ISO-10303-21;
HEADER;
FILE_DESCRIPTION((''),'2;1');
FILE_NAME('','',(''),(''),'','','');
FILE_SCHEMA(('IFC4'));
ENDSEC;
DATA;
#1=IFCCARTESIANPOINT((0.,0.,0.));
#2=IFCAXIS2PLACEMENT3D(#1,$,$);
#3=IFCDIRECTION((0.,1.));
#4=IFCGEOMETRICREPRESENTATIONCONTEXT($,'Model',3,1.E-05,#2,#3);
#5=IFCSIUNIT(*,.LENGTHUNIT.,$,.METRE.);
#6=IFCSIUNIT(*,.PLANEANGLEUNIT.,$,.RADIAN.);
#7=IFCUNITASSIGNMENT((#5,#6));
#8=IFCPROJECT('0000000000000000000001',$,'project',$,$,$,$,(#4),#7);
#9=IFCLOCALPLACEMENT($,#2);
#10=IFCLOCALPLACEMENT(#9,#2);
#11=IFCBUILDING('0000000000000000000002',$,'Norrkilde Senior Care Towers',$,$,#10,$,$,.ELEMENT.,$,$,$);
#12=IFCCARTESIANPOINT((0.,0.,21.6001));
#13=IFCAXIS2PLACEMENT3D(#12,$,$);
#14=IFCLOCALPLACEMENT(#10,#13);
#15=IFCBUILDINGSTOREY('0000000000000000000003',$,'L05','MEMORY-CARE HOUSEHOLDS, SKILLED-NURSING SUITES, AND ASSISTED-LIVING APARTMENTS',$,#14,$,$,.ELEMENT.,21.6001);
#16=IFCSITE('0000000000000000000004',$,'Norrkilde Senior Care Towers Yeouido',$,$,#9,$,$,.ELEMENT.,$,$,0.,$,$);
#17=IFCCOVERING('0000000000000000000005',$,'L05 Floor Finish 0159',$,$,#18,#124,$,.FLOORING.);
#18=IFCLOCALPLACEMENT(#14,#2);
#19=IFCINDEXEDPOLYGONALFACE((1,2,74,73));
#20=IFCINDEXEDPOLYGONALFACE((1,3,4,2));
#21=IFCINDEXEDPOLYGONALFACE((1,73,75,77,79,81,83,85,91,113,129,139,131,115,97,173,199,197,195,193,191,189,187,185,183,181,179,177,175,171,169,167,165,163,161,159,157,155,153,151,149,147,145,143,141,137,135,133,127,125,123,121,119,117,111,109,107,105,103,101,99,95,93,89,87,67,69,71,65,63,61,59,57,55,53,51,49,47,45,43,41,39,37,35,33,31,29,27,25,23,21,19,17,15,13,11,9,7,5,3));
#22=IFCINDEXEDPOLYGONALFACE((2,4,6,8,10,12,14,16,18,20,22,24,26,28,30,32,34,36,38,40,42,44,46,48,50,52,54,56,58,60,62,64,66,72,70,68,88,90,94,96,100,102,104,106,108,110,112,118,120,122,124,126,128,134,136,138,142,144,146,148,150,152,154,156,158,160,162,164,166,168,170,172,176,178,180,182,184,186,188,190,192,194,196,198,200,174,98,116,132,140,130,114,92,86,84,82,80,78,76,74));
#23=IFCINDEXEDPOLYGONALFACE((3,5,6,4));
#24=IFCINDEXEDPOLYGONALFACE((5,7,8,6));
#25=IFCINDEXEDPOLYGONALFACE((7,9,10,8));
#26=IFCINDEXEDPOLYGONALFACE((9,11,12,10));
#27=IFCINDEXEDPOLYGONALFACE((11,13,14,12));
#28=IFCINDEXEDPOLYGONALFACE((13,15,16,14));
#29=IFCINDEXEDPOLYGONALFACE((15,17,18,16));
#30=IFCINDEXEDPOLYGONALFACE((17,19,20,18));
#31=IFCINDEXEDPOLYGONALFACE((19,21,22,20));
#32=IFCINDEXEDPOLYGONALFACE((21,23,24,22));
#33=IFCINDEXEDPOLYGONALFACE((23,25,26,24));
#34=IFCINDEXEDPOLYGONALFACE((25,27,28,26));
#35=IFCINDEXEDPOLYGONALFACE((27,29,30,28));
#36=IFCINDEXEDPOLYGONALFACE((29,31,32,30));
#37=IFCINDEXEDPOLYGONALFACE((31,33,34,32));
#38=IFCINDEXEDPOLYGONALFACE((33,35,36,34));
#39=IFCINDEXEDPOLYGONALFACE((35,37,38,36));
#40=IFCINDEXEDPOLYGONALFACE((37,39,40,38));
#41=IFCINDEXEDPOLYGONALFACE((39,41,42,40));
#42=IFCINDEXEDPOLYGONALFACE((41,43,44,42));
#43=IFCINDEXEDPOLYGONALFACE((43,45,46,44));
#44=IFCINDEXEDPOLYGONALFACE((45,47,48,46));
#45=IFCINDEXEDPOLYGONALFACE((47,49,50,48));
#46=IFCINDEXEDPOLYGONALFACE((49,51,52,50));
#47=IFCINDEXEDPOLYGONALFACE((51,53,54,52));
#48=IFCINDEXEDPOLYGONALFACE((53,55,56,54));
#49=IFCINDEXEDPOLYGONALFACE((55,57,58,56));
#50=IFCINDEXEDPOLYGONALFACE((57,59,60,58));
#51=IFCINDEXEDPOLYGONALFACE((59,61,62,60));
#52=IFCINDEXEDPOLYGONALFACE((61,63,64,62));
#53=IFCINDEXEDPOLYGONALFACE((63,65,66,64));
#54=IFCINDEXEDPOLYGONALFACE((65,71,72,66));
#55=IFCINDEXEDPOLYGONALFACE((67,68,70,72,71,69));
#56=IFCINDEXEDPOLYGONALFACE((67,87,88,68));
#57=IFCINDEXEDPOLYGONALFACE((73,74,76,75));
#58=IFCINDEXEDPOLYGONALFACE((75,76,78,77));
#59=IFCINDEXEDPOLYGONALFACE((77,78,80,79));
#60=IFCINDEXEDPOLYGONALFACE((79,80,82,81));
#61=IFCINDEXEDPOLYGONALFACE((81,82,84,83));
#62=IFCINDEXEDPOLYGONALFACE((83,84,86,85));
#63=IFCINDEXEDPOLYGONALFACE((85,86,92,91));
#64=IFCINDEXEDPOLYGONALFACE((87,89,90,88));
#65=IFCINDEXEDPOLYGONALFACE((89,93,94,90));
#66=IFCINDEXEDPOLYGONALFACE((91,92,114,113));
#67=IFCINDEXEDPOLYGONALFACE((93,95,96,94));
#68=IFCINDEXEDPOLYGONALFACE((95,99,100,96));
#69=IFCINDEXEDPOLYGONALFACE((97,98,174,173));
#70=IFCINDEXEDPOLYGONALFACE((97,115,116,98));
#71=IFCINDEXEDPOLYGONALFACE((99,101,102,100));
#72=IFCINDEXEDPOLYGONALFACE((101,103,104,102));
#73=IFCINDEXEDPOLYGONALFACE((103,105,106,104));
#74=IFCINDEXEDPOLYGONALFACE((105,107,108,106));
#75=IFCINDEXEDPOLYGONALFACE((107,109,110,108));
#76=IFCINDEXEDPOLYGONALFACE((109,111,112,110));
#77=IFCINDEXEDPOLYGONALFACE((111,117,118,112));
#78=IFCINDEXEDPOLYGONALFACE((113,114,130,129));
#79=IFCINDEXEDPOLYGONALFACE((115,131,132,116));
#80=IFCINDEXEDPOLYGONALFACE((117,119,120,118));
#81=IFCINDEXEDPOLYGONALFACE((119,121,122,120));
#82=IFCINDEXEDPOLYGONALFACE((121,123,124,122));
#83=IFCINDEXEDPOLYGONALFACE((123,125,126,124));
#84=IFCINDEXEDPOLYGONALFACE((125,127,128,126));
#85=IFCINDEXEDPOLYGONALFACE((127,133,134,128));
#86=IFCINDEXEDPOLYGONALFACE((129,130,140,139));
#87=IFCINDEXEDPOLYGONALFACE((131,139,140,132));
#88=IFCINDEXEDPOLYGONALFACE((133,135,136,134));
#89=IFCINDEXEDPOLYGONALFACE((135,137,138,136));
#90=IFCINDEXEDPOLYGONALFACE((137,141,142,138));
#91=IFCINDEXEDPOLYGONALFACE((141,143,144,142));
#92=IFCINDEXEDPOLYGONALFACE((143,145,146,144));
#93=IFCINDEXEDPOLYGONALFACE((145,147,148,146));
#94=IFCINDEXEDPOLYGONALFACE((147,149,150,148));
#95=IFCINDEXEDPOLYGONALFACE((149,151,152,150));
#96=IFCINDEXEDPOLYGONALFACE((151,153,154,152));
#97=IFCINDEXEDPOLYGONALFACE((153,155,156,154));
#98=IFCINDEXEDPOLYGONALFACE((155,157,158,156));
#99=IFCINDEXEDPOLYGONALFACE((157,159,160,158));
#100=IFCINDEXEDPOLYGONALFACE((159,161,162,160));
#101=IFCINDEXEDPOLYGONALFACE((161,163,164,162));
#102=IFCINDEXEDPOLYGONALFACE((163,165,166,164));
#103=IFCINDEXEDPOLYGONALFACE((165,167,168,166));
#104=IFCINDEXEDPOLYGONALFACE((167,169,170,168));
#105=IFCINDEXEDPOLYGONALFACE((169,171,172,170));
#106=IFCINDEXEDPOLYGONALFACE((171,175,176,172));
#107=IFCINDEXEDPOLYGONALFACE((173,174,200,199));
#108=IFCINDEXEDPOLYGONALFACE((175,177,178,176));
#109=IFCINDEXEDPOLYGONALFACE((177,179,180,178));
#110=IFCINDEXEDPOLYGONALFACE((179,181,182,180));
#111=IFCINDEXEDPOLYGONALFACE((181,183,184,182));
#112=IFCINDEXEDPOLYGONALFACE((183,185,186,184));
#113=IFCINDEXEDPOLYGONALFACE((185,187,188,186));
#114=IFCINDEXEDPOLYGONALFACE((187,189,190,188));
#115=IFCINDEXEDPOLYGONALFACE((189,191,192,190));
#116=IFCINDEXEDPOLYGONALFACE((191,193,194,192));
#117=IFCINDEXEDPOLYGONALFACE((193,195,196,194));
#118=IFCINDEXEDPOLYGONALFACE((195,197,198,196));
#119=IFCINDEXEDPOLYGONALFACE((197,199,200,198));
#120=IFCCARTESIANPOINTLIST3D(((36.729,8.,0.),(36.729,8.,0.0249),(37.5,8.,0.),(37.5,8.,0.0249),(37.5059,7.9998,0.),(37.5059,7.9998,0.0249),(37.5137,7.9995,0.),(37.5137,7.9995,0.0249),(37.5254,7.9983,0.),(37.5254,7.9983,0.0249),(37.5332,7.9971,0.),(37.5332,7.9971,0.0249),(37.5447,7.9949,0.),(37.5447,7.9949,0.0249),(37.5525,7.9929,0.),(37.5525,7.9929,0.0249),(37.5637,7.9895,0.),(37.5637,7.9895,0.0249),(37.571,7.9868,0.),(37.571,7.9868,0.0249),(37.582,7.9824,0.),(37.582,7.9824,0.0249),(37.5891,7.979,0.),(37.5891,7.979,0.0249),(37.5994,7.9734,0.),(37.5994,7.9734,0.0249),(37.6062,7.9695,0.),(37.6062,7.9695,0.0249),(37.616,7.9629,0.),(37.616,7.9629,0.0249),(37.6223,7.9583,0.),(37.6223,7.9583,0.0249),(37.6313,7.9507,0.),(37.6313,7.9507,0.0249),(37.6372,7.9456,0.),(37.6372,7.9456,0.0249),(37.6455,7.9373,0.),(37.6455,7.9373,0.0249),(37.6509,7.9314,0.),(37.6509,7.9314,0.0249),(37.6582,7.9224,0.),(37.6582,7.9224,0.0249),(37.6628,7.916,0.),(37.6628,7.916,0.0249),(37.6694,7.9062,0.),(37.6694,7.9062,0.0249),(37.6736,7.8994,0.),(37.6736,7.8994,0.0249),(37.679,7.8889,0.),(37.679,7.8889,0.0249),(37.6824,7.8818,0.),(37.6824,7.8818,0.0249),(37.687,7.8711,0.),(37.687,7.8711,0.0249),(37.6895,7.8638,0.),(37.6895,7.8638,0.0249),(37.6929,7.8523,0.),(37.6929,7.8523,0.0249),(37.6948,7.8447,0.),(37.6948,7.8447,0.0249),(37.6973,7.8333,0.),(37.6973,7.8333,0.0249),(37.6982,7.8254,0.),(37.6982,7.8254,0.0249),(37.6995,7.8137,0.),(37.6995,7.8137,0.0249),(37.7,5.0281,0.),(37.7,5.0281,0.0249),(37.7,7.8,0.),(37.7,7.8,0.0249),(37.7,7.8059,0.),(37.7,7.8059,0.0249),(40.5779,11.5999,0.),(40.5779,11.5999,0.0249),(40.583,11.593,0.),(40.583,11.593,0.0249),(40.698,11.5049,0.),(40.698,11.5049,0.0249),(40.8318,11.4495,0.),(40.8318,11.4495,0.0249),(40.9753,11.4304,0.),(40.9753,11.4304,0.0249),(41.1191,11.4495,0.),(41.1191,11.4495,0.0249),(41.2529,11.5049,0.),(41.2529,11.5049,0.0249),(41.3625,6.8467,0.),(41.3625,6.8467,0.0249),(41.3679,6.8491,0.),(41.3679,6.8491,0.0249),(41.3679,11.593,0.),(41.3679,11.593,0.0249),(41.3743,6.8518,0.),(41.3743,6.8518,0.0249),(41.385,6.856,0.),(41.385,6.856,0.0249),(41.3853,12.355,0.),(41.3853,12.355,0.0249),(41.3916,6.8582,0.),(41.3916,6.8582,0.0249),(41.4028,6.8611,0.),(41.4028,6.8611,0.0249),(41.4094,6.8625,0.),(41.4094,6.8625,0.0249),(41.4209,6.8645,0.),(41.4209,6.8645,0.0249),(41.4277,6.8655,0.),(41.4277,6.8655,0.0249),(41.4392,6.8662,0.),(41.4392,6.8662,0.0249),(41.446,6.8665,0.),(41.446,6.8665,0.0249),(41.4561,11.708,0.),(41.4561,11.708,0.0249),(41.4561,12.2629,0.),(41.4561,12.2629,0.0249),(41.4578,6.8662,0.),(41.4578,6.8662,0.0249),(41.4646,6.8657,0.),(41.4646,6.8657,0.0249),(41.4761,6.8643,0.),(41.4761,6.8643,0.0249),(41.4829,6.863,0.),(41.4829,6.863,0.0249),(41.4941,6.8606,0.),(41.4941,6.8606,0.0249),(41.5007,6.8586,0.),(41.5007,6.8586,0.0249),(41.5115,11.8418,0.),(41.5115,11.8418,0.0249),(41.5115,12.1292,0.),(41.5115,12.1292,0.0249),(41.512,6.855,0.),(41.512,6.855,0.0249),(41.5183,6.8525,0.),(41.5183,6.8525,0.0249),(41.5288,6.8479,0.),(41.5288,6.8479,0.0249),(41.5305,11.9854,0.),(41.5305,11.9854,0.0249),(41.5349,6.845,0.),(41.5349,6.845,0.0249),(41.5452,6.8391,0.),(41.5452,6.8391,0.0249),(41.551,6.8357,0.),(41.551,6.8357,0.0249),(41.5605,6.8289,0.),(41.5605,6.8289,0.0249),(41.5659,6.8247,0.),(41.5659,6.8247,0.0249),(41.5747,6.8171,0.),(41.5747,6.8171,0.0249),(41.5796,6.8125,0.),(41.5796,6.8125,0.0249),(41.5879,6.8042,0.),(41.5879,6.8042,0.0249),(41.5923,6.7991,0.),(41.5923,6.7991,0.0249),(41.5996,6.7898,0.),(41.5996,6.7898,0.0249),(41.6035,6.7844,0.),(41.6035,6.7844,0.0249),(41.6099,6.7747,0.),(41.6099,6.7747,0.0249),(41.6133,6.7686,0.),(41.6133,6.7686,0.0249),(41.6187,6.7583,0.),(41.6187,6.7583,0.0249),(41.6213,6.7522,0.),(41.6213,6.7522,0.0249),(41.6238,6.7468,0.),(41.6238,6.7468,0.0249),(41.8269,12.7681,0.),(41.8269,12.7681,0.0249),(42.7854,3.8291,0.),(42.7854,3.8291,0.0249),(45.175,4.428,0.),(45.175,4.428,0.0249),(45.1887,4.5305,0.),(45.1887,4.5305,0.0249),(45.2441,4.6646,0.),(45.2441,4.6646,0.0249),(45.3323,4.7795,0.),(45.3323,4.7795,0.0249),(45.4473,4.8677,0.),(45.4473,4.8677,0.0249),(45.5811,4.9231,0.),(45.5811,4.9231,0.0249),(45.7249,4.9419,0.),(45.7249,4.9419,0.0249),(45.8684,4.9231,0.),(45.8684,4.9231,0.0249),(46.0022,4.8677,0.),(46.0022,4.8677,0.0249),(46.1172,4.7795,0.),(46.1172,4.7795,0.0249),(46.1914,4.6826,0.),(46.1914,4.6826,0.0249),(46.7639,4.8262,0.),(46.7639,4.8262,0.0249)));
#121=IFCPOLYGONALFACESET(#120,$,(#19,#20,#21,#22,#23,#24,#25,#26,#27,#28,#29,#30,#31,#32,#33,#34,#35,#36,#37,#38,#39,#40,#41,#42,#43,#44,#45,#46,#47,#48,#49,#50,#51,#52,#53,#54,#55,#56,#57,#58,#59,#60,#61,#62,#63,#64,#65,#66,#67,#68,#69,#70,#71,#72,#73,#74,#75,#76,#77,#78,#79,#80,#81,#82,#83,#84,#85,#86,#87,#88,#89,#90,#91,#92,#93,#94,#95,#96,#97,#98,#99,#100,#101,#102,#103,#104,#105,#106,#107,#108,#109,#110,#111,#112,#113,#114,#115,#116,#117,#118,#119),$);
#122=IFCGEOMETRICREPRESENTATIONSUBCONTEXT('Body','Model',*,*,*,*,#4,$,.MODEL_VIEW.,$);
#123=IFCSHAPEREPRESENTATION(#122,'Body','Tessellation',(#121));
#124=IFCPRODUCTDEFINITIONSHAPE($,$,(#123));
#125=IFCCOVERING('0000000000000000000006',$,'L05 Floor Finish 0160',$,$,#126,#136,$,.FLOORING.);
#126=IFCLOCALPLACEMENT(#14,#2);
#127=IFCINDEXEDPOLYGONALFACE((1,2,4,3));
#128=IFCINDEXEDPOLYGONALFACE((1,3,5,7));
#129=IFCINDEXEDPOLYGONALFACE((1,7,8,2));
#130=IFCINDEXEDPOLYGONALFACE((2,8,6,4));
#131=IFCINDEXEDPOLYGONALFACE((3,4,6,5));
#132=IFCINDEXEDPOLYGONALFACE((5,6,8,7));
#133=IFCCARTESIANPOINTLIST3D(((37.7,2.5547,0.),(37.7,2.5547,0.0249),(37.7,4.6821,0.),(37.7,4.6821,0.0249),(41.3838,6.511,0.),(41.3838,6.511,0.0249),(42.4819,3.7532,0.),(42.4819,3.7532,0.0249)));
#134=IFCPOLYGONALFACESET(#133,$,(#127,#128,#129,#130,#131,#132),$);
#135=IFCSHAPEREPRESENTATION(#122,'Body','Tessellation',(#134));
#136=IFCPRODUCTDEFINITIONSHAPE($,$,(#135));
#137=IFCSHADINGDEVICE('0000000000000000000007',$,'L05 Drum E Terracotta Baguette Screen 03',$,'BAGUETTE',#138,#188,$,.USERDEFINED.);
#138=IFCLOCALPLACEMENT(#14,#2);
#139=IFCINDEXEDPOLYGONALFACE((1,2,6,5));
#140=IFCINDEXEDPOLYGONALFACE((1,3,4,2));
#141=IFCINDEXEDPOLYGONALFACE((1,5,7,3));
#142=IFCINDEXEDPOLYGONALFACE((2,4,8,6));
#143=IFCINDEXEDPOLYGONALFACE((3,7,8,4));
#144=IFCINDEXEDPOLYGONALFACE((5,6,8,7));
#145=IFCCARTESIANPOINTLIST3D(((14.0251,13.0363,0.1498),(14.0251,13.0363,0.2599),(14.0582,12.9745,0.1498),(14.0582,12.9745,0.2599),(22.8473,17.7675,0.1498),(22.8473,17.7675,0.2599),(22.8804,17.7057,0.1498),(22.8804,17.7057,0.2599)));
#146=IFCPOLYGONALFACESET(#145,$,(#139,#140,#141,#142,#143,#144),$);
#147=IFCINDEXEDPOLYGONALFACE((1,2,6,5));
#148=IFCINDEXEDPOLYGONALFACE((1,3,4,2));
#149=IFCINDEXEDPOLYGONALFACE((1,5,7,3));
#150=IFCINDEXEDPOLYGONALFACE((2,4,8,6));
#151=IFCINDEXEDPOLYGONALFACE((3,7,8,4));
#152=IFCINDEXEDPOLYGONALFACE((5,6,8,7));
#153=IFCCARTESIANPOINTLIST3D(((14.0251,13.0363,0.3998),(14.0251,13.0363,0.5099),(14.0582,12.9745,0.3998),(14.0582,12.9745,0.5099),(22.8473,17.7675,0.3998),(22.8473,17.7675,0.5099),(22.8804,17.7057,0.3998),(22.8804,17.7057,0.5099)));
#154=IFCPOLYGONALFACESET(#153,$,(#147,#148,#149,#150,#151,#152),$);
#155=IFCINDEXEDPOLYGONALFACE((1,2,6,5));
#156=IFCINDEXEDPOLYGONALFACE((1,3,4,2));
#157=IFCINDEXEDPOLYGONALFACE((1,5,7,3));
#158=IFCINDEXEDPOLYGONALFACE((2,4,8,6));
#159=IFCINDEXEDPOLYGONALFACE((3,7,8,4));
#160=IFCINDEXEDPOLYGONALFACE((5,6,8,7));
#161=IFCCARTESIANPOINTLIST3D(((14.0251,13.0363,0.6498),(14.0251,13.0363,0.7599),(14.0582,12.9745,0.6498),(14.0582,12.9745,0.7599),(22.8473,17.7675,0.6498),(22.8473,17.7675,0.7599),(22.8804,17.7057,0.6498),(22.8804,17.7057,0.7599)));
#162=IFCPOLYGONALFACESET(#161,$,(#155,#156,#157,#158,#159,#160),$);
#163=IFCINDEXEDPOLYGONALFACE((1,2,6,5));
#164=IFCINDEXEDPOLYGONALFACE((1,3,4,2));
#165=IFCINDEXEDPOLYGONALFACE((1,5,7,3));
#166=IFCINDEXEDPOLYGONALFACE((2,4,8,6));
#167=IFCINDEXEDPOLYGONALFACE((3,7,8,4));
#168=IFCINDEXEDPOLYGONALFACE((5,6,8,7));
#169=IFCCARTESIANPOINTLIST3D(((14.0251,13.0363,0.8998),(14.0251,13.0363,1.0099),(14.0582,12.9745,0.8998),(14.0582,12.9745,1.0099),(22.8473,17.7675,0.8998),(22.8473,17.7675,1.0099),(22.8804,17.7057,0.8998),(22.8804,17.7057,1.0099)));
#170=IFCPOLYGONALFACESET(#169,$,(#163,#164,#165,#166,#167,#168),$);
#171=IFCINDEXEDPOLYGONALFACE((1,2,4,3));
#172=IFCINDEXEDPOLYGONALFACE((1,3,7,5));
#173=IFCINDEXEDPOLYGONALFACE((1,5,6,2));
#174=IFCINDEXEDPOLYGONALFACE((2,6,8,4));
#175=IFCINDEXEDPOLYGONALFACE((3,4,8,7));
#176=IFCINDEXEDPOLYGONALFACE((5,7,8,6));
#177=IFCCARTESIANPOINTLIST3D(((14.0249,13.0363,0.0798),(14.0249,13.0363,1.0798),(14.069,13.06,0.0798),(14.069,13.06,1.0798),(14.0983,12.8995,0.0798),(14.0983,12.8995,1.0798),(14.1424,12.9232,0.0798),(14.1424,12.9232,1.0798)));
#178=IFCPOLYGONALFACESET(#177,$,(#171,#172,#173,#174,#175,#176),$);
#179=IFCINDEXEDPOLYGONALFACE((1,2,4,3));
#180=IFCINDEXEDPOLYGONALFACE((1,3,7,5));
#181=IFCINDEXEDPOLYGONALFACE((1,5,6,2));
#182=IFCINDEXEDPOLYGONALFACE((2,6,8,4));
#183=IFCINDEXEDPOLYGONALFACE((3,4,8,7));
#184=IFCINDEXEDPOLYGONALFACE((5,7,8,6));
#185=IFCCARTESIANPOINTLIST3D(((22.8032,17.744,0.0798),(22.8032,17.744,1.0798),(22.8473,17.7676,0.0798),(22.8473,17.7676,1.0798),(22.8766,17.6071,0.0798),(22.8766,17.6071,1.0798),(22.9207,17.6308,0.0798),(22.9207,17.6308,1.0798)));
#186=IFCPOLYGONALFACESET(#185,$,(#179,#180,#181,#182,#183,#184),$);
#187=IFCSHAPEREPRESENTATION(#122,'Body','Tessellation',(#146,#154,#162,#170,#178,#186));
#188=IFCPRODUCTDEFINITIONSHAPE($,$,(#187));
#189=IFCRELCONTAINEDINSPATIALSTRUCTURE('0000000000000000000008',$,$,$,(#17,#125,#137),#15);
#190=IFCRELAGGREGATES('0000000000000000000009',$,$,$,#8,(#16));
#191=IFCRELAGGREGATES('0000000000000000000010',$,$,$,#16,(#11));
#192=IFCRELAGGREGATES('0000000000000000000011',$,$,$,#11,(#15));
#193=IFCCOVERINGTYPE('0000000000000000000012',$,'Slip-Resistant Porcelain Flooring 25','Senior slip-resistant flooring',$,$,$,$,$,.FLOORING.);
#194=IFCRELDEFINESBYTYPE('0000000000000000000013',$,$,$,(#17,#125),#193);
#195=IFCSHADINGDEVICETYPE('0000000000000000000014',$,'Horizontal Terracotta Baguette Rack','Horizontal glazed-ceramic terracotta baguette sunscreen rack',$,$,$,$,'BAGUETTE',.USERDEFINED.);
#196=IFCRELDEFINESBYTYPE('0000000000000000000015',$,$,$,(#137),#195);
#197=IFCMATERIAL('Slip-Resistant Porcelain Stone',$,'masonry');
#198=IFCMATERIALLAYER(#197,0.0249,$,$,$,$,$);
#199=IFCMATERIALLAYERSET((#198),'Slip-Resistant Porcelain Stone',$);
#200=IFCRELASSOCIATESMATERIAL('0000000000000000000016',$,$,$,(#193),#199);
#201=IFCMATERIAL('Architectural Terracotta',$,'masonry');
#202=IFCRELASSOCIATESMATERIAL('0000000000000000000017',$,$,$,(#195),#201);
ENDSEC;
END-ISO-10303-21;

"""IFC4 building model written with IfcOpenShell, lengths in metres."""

from ifc_helpers import new_model, si_unit, direction, frame, origin, origin_2d, place, context, subcontext, project, spatial, polyline, rectangle, outline, extrude, source, transform, mapped, material, layer, layer_set, type_object, type_shapes, element, save


model = new_model("IFC4")

# Units and contexts
model_context = context("Model", 3, precision=1e-05, world=origin(), true_north=direction((0.0, 1.0)))
body_context = subcontext(model_context, "Body", "Model", "MODEL_VIEW")
ifc_project = project(units=[si_unit("LENGTHUNIT", "METRE"), si_unit("PLANEANGLEUNIT", "RADIAN")], contexts=[model_context])

# Site, building, storey
site_placement = place(None, origin())
site = spatial("IfcSite", under=ifc_project, at=site_placement, Name="Norrkilde Senior Care Towers Yeouido", CompositionType="ELEMENT", RefElevation=0.0)
building_placement = place(site_placement, origin())
building = spatial("IfcBuilding", under=site, at=building_placement, Name="Norrkilde Senior Care Towers", CompositionType="ELEMENT")
storey_placement = place(building_placement, frame((0.0, 0.0, 21.6001)))
storey = spatial("IfcBuildingStorey", under=building, at=storey_placement, Name="L05", Description="MEMORY-CARE HOUSEHOLDS, SKILLED-NURSING SUITES, AND ASSISTED-LIVING APARTMENTS", CompositionType="ELEMENT", Elevation=21.6001)

# Coverings
ifc_material_1 = material(Name="Slip-Resistant Porcelain Stone", Category="masonry")
ifc_layer_1 = layer(ifc_material_1, 0.0249)
ifc_layer_set_1 = layer_set([ifc_layer_1], Name="Slip-Resistant Porcelain Stone")
covering_type_1 = type_object("IfcCoveringType", Name="Slip-Resistant Porcelain Flooring 25", Description="Senior slip-resistant flooring", PredefinedType="FLOORING", material=ifc_layer_set_1)
covering_1_placement = place(storey_placement, origin())
element("IfcCovering", 1, at=covering_1_placement, inside=storey, type_object=covering_type_1, Name="L05 Floor Finish 0159", PredefinedType="FLOORING", context=body_context, shape_type="SweptSolid", body=[
    extrude(outline(polyline([(37.6895, 7.8638), (37.687, 7.8711), (37.6824, 7.8818), (37.679, 7.8889), (37.6736, 7.8994), (37.6694, 7.9062), (37.6628, 7.916), (37.6582, 7.9224), (37.6509, 7.9314), (37.6455, 7.9373), (37.6372, 7.9456), (37.6313, 7.9507), (37.6223, 7.9583), (37.616, 7.9629), (37.6062, 7.9695), (37.5994, 7.9734), (37.5891, 7.979), (37.582, 7.9824), (37.571, 7.9868), (37.5637, 7.9895), (37.5525, 7.9929), (37.5447, 7.9949), (37.5332, 7.9971), (37.5254, 7.9983), (37.5137, 7.9995), (37.5059, 7.9998), (37.5, 8.0), (36.729, 8.0), (40.5779, 11.5999), (40.583, 11.593), (40.698, 11.5049), (40.8318, 11.4495), (40.9753, 11.4304), (41.1191, 11.4495), (41.2529, 11.5049), (41.3679, 11.593), (41.4561, 11.708), (41.5115, 11.8418), (41.5305, 11.9854), (41.5115, 12.1292), (41.4561, 12.2629), (41.3853, 12.355), (41.8269, 12.7681), (46.7639, 4.8262), (46.1914, 4.6826), (46.1172, 4.7795), (46.0022, 4.8677), (45.8684, 4.9231), (45.7249, 4.9419), (45.5811, 4.9231), (45.4473, 4.8677), (45.3323, 4.7795), (45.2441, 4.6646), (45.1887, 4.5305), (45.175, 4.428), (42.7854, 3.8291), (41.6238, 6.7468), (41.6213, 6.7522), (41.6187, 6.7583), (41.6133, 6.7686), (41.6099, 6.7747), (41.6035, 6.7844), (41.5996, 6.7898), (41.5923, 6.7991), (41.5879, 6.8042), (41.5796, 6.8125), (41.5747, 6.8171), (41.5659, 6.8247), (41.5605, 6.8289), (41.551, 6.8357), (41.5452, 6.8391), (41.5349, 6.845), (41.5288, 6.8479), (41.5183, 6.8525), (41.512, 6.855), (41.5007, 6.8586), (41.4941, 6.8606), (41.4829, 6.863), (41.4761, 6.8643), (41.4646, 6.8657), (41.4578, 6.8662), (41.446, 6.8665), (41.4392, 6.8662), (41.4277, 6.8655), (41.4209, 6.8645), (41.4094, 6.8625), (41.4028, 6.8611), (41.3916, 6.8582), (41.385, 6.856), (41.3743, 6.8518), (41.3679, 6.8491), (41.3625, 6.8467), (37.7, 5.0281), (37.7, 7.8), (37.7, 7.8059), (37.6995, 7.8137), (37.6982, 7.8254), (37.6973, 7.8333), (37.6948, 7.8447), (37.6929, 7.8523), (37.6895, 7.8638)])), origin(), (0.0, 0.0, 1.0), 0.0249),
])
covering_2_placement = place(storey_placement, origin())
element("IfcCovering", 2, at=covering_2_placement, inside=storey, type_object=covering_type_1, Name="L05 Floor Finish 0160", PredefinedType="FLOORING", context=body_context, shape_type="SweptSolid", body=[
    extrude(outline(polyline([(42.4819, 3.7532), (37.7, 2.5547), (37.7, 4.6821), (41.3838, 6.511), (42.4819, 3.7532)])), origin(), (0.0, 0.0, 1.0), 0.0249),
])

# Shading device
ifc_material_2 = material(Name="Architectural Terracotta", Category="masonry")
shading_device_type = type_object("IfcShadingDeviceType", Name="Horizontal Terracotta Baguette Rack", Description="Horizontal glazed-ceramic terracotta baguette sunscreen rack", ElementType="BAGUETTE", PredefinedType="USERDEFINED", material=ifc_material_2)
shared_shape_1 = source(origin(), body_context, "Body", "SweptSolid", [
    extrude(rectangle(XDim=0.0701, YDim=0.1101, at=origin_2d()), frame((0.0, 0.0901, 0.125), z_axis=(1.0, 0.0, 0.0), x_axis=(0.0, 1.0, 0.0)), (0.0, 0.0, 1.0), 10.0107),
    extrude(rectangle(XDim=0.0701, YDim=0.1101, at=origin_2d()), frame((0.0, 0.0901, 0.375), z_axis=(1.0, 0.0, 0.0), x_axis=(0.0, 1.0, 0.0)), (0.0, 0.0, 1.0), 10.0107),
    extrude(rectangle(XDim=0.0701, YDim=0.1101, at=origin_2d()), frame((0.0, 0.0901, 0.625), z_axis=(1.0, 0.0, 0.0), x_axis=(0.0, 1.0, 0.0)), (0.0, 0.0, 1.0), 10.0107),
    extrude(rectangle(XDim=0.0701, YDim=0.1101, at=origin_2d()), frame((0.0, 0.0901, 0.875), z_axis=(1.0, 0.0, 0.0), x_axis=(0.0, 1.0, 0.0)), (0.0, 0.0, 1.0), 10.0107),
    extrude(rectangle(XDim=0.05, YDim=0.1553, at=origin_2d()), frame((0.0249, 0.0476, 0.0)), (0.0, 0.0, 1.0), 1.0),
    extrude(rectangle(XDim=0.05, YDim=0.1553, at=origin_2d()), frame((9.9858, 0.0476, 0.0)), (0.0, 0.0, 1.0), 1.0),
])
type_shapes(shading_device_type, [shared_shape_1])
shading_device_placement = place(storey_placement, frame((14.0842, 12.926, 0.0798), z_axis=(0.0, 0.0, 1.0), x_axis=(0.88128, 0.472612, 0.0)))
element("IfcShadingDevice", 3, at=shading_device_placement, inside=storey, type_object=shading_device_type, Name="L05 Drum E Terracotta Baguette Screen 03", ObjectType="BAGUETTE", PredefinedType="USERDEFINED", context=body_context, shape_type="MappedRepresentation", body=[
    mapped(shared_shape_1, transform((0.0, 0.0, 0.0), x_axis=(1.0, 0.0, 0.0), y_axis=(0.0, 1.0, 0.0), z_axis=(0.0, 0.0, 1.0), scale=1.0)),
])

save(model, "model.ifc")
